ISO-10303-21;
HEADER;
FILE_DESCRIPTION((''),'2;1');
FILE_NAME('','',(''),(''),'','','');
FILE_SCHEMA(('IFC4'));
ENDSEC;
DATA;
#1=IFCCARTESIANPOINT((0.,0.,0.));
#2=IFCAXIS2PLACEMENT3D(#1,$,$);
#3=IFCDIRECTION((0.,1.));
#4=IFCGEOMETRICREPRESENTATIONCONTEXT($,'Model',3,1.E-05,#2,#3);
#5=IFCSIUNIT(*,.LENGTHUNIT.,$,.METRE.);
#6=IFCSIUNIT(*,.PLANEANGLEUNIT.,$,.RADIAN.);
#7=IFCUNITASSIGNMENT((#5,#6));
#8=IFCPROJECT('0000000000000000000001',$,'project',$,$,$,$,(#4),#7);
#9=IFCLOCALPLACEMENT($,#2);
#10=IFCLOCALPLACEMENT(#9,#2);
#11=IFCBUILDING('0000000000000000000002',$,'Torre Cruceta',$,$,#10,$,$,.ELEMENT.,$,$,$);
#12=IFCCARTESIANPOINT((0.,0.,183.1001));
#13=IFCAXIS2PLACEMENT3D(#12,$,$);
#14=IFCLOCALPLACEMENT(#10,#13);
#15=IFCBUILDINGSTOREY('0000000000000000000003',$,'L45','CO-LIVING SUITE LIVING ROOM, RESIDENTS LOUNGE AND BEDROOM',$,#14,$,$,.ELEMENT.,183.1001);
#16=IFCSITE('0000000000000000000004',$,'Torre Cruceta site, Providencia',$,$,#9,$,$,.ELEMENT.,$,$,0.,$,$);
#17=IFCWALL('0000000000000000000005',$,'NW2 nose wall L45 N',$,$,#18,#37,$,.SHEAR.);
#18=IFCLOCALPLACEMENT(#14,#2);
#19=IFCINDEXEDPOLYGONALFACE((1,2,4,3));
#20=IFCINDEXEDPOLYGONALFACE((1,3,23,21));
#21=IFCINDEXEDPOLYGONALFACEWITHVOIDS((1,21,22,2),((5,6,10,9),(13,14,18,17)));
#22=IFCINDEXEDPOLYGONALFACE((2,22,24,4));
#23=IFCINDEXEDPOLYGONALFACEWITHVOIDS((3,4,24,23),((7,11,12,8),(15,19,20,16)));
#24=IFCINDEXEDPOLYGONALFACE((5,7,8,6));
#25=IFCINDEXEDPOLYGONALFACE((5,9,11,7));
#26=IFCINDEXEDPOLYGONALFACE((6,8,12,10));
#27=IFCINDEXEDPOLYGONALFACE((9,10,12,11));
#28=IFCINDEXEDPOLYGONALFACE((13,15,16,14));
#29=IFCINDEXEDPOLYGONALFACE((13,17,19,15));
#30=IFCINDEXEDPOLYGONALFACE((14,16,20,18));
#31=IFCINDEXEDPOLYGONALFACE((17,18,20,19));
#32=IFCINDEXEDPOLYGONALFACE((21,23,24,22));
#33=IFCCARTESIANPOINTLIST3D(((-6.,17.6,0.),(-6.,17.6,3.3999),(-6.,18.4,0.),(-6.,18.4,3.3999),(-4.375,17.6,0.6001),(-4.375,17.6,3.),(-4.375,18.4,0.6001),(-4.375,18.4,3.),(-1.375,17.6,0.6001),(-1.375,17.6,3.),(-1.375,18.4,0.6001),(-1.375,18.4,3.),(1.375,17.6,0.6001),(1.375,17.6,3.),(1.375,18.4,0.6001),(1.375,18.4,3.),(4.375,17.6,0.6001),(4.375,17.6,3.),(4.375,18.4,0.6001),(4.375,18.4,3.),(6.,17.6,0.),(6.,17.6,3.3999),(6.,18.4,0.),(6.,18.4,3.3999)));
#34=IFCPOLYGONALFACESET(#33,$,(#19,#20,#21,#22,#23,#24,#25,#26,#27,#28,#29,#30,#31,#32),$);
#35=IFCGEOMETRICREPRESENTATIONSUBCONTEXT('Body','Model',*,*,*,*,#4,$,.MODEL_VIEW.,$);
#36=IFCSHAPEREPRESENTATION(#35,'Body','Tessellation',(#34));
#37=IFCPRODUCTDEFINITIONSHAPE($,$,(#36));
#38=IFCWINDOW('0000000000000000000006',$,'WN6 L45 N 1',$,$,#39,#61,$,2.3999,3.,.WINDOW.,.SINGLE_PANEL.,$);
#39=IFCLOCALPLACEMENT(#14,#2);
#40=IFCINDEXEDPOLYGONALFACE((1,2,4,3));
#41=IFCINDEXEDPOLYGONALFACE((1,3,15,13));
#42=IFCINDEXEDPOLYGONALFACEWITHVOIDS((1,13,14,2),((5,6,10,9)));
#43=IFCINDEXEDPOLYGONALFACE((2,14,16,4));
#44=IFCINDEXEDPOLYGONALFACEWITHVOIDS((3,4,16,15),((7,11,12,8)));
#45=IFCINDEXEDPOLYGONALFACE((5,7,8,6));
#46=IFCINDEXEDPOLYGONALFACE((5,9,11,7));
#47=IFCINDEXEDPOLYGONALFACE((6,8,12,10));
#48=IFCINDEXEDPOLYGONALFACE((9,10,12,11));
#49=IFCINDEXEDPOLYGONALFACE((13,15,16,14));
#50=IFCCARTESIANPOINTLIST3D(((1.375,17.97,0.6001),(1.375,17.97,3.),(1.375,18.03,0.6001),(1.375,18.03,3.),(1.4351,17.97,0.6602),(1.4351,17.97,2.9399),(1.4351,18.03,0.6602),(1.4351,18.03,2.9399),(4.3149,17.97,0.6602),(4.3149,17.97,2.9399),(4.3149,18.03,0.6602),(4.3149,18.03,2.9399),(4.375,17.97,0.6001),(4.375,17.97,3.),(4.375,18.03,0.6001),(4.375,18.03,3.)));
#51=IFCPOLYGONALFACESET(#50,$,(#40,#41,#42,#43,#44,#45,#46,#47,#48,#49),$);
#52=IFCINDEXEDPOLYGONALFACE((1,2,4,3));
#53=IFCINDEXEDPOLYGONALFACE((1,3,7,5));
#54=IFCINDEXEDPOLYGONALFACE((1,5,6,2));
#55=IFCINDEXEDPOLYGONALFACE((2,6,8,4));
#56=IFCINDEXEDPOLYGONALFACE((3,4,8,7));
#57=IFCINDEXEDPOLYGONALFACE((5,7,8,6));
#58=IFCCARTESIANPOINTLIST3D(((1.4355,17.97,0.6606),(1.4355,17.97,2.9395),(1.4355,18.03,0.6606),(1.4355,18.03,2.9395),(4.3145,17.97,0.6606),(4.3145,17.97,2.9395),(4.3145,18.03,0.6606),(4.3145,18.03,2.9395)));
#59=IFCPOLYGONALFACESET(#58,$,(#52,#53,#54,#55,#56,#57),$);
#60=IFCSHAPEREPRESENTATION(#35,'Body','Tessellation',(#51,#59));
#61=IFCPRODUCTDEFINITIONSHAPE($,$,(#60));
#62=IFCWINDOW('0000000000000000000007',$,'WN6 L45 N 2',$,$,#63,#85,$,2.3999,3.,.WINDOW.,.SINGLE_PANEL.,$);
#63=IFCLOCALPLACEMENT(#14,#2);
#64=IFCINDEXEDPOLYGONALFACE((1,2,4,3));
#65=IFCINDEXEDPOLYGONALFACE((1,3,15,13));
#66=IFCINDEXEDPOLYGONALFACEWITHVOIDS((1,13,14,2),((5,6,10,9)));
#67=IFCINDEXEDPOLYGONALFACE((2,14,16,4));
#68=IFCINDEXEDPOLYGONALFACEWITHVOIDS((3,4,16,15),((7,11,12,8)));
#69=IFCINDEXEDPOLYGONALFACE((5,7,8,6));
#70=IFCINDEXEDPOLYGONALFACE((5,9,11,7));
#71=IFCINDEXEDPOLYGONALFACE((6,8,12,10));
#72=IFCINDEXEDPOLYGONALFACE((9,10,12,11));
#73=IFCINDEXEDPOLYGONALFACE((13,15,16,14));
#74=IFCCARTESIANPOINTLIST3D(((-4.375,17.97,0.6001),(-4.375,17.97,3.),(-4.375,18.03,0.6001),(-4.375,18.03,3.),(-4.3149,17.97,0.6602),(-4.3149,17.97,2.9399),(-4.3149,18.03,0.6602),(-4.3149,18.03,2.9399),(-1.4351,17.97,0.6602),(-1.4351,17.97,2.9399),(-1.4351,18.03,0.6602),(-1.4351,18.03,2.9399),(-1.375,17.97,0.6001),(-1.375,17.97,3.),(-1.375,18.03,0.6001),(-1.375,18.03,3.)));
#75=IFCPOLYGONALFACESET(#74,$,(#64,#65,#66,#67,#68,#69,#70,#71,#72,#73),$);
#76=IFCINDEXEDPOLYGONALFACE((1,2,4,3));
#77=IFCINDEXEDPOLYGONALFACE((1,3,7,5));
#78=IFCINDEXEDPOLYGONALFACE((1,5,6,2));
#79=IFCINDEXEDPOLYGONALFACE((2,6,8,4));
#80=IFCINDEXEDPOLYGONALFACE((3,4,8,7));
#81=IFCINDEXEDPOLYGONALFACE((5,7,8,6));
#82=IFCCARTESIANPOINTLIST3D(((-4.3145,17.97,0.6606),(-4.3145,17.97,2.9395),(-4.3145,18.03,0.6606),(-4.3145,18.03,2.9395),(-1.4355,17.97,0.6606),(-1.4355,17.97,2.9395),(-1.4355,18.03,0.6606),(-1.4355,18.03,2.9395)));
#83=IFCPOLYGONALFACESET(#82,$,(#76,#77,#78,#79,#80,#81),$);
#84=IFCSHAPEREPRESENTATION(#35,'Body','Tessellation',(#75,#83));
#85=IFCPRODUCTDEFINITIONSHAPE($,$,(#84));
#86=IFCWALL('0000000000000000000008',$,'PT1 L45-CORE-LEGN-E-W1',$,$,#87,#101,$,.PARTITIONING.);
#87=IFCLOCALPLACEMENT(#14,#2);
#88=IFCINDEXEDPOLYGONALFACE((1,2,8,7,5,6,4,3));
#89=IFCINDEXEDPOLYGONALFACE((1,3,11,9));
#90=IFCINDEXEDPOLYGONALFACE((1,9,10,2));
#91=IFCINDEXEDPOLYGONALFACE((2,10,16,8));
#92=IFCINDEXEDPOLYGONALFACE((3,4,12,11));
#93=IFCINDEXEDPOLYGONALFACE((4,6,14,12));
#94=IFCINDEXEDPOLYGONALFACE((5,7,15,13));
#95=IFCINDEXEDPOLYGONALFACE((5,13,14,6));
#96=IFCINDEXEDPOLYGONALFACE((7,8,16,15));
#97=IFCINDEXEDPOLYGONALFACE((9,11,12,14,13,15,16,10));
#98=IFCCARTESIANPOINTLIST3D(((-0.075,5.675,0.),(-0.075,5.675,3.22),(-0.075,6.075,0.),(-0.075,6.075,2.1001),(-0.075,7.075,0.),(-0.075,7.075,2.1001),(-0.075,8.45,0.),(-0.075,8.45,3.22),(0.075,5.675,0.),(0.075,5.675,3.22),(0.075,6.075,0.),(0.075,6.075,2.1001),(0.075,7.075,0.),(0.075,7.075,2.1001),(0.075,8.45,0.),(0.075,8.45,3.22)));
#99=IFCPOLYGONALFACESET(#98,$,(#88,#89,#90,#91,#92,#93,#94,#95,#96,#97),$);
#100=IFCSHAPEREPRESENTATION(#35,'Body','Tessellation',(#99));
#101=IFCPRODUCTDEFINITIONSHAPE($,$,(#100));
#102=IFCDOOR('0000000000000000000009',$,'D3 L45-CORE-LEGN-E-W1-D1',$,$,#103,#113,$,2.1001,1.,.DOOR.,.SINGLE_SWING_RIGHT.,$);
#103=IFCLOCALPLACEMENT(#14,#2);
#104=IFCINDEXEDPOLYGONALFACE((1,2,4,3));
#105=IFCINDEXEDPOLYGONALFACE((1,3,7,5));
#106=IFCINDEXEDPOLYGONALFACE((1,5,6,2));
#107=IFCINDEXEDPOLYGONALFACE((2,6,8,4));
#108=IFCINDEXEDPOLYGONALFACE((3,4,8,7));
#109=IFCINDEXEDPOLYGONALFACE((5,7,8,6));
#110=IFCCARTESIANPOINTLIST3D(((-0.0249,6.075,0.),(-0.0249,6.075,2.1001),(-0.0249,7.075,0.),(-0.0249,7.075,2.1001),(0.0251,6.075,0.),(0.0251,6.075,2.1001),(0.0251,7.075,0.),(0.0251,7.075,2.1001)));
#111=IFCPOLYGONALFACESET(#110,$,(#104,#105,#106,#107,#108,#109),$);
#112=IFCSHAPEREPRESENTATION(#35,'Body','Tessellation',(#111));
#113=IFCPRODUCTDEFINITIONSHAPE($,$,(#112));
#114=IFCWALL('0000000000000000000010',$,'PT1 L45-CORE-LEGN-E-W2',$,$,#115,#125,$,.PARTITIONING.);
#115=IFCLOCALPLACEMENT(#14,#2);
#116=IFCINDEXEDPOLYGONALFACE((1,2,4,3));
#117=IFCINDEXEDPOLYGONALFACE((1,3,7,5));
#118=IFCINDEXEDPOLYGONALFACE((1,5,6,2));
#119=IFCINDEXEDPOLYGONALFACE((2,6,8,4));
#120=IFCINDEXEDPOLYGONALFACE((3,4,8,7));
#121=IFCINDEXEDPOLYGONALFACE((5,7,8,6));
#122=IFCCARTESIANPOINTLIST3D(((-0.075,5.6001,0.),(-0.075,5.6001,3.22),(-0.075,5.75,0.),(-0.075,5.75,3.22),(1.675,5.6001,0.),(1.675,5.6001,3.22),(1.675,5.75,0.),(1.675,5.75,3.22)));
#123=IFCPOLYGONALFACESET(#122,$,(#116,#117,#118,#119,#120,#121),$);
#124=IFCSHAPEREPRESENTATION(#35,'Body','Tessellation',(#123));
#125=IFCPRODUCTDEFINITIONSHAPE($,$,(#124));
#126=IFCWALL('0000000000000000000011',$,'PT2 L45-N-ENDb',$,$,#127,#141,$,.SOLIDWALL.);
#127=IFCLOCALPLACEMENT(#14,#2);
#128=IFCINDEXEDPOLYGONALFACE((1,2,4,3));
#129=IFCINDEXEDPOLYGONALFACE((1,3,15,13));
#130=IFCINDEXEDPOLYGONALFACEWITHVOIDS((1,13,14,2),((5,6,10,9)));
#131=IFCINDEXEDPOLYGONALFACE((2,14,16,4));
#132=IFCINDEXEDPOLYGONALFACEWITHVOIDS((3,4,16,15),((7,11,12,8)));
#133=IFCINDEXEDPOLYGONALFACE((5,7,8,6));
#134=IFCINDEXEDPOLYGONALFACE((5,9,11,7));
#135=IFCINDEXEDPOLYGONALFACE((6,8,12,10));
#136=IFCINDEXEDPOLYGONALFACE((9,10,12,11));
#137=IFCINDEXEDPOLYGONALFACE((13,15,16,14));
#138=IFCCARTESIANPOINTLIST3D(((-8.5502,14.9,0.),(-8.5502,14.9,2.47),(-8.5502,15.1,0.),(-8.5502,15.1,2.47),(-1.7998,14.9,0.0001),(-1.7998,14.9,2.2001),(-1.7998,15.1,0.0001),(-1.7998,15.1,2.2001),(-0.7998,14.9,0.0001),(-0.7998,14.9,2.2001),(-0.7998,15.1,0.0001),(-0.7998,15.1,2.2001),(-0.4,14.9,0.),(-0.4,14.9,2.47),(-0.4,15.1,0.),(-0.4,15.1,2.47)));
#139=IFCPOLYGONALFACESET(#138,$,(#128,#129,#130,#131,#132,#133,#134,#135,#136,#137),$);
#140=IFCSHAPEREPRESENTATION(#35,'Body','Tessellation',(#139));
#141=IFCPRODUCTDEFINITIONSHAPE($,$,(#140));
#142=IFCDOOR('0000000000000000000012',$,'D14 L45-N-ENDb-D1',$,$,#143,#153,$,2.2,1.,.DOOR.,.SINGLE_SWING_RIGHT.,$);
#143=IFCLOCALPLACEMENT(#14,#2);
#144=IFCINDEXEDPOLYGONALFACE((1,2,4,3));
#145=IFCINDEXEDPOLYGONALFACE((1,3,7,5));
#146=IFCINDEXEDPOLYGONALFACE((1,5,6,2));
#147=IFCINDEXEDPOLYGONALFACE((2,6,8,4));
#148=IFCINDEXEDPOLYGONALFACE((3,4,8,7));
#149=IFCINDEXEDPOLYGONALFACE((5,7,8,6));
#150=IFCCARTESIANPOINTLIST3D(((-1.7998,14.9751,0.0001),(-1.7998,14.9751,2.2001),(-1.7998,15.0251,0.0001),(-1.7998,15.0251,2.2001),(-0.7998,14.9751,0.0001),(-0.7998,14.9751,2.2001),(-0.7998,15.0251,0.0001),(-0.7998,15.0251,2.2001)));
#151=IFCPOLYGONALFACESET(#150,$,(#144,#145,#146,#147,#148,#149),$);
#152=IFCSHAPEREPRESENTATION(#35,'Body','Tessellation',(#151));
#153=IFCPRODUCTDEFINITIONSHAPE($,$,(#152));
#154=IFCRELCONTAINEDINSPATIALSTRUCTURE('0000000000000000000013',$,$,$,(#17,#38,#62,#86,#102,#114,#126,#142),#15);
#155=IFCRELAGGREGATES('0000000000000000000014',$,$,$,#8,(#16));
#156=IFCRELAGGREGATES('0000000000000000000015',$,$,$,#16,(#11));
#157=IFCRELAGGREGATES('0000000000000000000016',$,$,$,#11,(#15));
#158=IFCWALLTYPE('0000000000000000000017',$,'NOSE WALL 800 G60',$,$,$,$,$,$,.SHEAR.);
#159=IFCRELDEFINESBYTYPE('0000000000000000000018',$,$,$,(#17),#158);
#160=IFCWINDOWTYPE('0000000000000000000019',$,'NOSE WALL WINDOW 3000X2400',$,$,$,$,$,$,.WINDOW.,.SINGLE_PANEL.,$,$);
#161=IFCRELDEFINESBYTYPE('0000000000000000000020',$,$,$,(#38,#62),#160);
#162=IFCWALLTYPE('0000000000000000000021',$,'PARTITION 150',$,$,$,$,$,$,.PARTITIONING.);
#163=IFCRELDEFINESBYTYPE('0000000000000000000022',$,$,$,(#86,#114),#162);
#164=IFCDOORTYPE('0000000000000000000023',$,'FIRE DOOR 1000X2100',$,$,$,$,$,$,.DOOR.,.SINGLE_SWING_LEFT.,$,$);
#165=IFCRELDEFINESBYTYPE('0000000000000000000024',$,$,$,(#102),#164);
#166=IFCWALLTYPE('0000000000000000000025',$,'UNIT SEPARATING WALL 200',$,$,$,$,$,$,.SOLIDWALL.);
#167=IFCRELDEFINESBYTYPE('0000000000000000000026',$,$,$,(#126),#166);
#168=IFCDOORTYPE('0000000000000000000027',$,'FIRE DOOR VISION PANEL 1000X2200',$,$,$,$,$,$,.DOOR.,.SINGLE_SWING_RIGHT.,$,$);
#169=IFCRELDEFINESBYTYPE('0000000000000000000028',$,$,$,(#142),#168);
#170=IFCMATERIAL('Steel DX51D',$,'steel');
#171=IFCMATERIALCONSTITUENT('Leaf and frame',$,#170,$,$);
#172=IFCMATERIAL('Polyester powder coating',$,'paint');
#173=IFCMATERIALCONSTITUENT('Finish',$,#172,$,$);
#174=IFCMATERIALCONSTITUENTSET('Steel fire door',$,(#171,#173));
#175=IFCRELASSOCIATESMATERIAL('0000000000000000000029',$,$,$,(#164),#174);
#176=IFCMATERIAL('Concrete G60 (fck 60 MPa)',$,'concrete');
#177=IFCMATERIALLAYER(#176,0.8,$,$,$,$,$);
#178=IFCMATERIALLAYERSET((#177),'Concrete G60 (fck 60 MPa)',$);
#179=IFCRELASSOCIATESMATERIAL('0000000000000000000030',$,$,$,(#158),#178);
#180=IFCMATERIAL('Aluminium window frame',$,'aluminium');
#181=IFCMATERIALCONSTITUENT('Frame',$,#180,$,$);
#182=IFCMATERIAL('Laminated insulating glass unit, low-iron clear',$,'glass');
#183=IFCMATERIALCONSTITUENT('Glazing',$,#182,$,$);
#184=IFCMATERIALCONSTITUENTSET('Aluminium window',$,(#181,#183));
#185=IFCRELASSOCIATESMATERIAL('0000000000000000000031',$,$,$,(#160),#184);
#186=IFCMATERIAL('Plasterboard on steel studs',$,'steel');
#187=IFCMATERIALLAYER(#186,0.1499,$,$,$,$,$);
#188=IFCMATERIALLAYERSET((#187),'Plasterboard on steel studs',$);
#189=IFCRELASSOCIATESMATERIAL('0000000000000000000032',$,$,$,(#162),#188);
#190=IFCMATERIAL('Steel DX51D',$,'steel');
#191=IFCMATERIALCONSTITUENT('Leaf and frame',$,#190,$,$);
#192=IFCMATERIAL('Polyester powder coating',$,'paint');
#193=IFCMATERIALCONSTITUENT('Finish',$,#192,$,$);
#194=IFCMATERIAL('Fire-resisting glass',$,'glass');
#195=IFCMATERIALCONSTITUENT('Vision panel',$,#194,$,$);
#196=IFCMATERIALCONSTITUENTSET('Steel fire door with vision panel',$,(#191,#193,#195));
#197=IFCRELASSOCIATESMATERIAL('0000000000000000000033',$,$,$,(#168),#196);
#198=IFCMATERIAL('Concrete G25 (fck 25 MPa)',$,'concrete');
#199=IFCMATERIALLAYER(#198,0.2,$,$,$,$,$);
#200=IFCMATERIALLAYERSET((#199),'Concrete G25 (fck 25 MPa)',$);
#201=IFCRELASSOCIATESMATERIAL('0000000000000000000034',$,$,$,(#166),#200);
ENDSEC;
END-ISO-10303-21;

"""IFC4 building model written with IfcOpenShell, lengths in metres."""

from ifc_helpers import new_model, si_unit, direction, frame, frame_2d, origin, place, context, subcontext, project, spatial, rectangle, hollow_rectangle, extrude, material, layer, layer_set, constituent, constituent_set, type_object, element, fill, save


model = new_model("IFC4")

# Units and contexts
model_context = context("Model", 3, precision=1e-05, world=origin(), true_north=direction((0.0, 1.0)))
body_context = subcontext(model_context, "Body", "Model", "MODEL_VIEW")
ifc_project = project(units=[si_unit("LENGTHUNIT", "METRE"), si_unit("PLANEANGLEUNIT", "RADIAN")], contexts=[model_context])

# Site, building, storey
site_placement = place(None, origin())
site = spatial("IfcSite", under=ifc_project, at=site_placement, Name="Torre Cruceta site, Providencia", CompositionType="ELEMENT", RefElevation=0.0)
building_placement = place(site_placement, origin())
building = spatial("IfcBuilding", under=site, at=building_placement, Name="Torre Cruceta", CompositionType="ELEMENT")
storey_placement = place(building_placement, frame((0.0, 0.0, 183.1001)))
storey = spatial("IfcBuildingStorey", under=building, at=storey_placement, Name="L45", Description="CO-LIVING SUITE LIVING ROOM, RESIDENTS LOUNGE AND BEDROOM", CompositionType="ELEMENT", Elevation=183.1001)

# Shared definitions
ifc_material_1 = material(Name="Steel DX51D", Category="steel")
ifc_constituent_1 = constituent(ifc_material_1, Name="Leaf and frame")
ifc_material_2 = material(Name="Polyester powder coating", Category="paint")
ifc_constituent_2 = constituent(ifc_material_2, Name="Finish")
ifc_constituent_set_1 = constituent_set(constituents=[ifc_constituent_1, ifc_constituent_2], Name="Steel fire door")
door_type_1 = type_object("IfcDoorType", Name="FIRE DOOR 1000X2100", OperationType="SINGLE_SWING_LEFT", PredefinedType="DOOR", material=ifc_constituent_set_1)

# Wall, openings, windows
ifc_material_3 = material(Name="Concrete G60 (fck 60 MPa)", Category="concrete")
ifc_layer_1 = layer(ifc_material_3, 0.8)
ifc_layer_set_1 = layer_set([ifc_layer_1], Name="Concrete G60 (fck 60 MPa)")
wall_type_1 = type_object("IfcWallType", Name="NOSE WALL 800 G60", PredefinedType="SHEAR", material=ifc_layer_set_1)
wall_1_placement = place(storey_placement, frame((6.0, 18.0, 0.0), z_axis=(0.0, 0.0, 1.0), x_axis=(-1.0, 0.0, 0.0)))
wall_1 = element("IfcWall", 1, at=wall_1_placement, inside=storey, type_object=wall_type_1, Name="NW2 nose wall L45 N", PredefinedType="SHEAR", context=body_context, shape_type="SweptSolid", body=[
    extrude(rectangle(XDim=12.0, YDim=0.8, at=frame_2d((6.0, 0.0))), origin(), (0.0, 0.0, 1.0), 3.3999),
])
opening_1_placement = place(wall_1_placement, frame((1.625, 0.0, 0.6001)))
opening_1 = element("IfcOpeningElement", 2, at=opening_1_placement, cuts=wall_1, PredefinedType="OPENING", context=body_context, shape_type="SweptSolid", body=[
    extrude(rectangle(XDim=3.0, YDim=2.3999, at=frame_2d((1.5, 1.2))), frame((0.0, 0.4099, 0.0), z_axis=(0.0, -1.0, 0.0), x_axis=(1.0, 0.0, 0.0)), (0.0, 0.0, 1.0), 0.8201),
])
opening_2_placement = place(wall_1_placement, frame((7.375, 0.0, 0.6001)))
opening_2 = element("IfcOpeningElement", 3, at=opening_2_placement, cuts=wall_1, PredefinedType="OPENING", context=body_context, shape_type="SweptSolid", body=[
    extrude(rectangle(XDim=3.0, YDim=2.3999, at=frame_2d((1.5, 1.2))), frame((0.0, 0.4099, 0.0), z_axis=(0.0, -1.0, 0.0), x_axis=(1.0, 0.0, 0.0)), (0.0, 0.0, 1.0), 0.8201),
])
ifc_material_4 = material(Name="Aluminium window frame", Category="aluminium")
ifc_constituent_3 = constituent(ifc_material_4, Name="Frame")
ifc_material_5 = material(Name="Laminated insulating glass unit, low-iron clear", Category="glass")
ifc_constituent_4 = constituent(ifc_material_5, Name="Glazing")
ifc_constituent_set_2 = constituent_set(constituents=[ifc_constituent_3, ifc_constituent_4], Name="Aluminium window")
window_type = type_object("IfcWindowType", Name="NOSE WALL WINDOW 3000X2400", PartitioningType="SINGLE_PANEL", PredefinedType="WINDOW", material=ifc_constituent_set_2)
window_1_placement = place(opening_1_placement, origin())
window_1 = element("IfcWindow", 4, at=window_1_placement, inside=storey, type_object=window_type, Name="WN6 L45 N 1", OverallHeight=2.3999, OverallWidth=3.0, PartitioningType="SINGLE_PANEL", PredefinedType="WINDOW", context=body_context, shape_type="SweptSolid", body=[
    extrude(hollow_rectangle(XDim=3.0, YDim=2.3999, WallThickness=0.0601, at=frame_2d((1.5, 1.2))), frame((0.0, 0.03, 0.0), z_axis=(0.0, -1.0, 0.0), x_axis=(1.0, 0.0, 0.0)), (0.0, 0.0, 1.0), 0.0601),
    extrude(rectangle(XDim=2.8789, YDim=2.2788, at=frame_2d((1.5, 1.2))), frame((0.0, 0.03, 0.0), z_axis=(0.0, -1.0, 0.0), x_axis=(1.0, 0.0, 0.0)), (0.0, 0.0, 1.0), 0.0601),
])
fill(opening_1, window_1)
window_2_placement = place(opening_2_placement, origin())
window_2 = element("IfcWindow", 5, at=window_2_placement, inside=storey, type_object=window_type, Name="WN6 L45 N 2", OverallHeight=2.3999, OverallWidth=3.0, PartitioningType="SINGLE_PANEL", PredefinedType="WINDOW", context=body_context, shape_type="SweptSolid", body=[
    extrude(hollow_rectangle(XDim=3.0, YDim=2.3999, WallThickness=0.0601, at=frame_2d((1.5, 1.2))), frame((0.0, 0.03, 0.0), z_axis=(0.0, -1.0, 0.0), x_axis=(1.0, 0.0, 0.0)), (0.0, 0.0, 1.0), 0.0601),
    extrude(rectangle(XDim=2.8789, YDim=2.2788, at=frame_2d((1.5, 1.2))), frame((0.0, 0.03, 0.0), z_axis=(0.0, -1.0, 0.0), x_axis=(1.0, 0.0, 0.0)), (0.0, 0.0, 1.0), 0.0601),
])
fill(opening_2, window_2)

# Wall, opening, door
ifc_material_6 = material(Name="Plasterboard on steel studs", Category="steel")
ifc_layer_2 = layer(ifc_material_6, 0.1499)
ifc_layer_set_2 = layer_set([ifc_layer_2], Name="Plasterboard on steel studs")
wall_type_2 = type_object("IfcWallType", Name="PARTITION 150", PredefinedType="PARTITIONING", material=ifc_layer_set_2)
wall_2_placement = place(storey_placement, frame((0.0, 5.675, 0.0), z_axis=(0.0, 0.0, 1.0), x_axis=(0.0, 1.0, 0.0)))
wall_2 = element("IfcWall", 6, at=wall_2_placement, inside=storey, type_object=wall_type_2, Name="PT1 L45-CORE-LEGN-E-W1", PredefinedType="PARTITIONING", context=body_context, shape_type="SweptSolid", body=[
    extrude(rectangle(XDim=2.7749, YDim=0.1499, at=frame_2d((1.3875, 0.0))), origin(), (0.0, 0.0, 1.0), 3.22),
])
opening_3_placement = place(wall_2_placement, frame((0.3999, 0.0, 0.0)))
opening_3 = element("IfcOpeningElement", 7, at=opening_3_placement, cuts=wall_2, PredefinedType="OPENING", context=body_context, shape_type="SweptSolid", body=[
    extrude(rectangle(XDim=1.0, YDim=2.1001, at=frame_2d((0.5, 1.05))), frame((0.0, 0.085, 0.0), z_axis=(0.0, -1.0, 0.0), x_axis=(1.0, 0.0, 0.0)), (0.0, 0.0, 1.0), 0.1699),
])
door_1_placement = place(opening_3_placement, frame((1.0, 0.0, 0.0), z_axis=(0.0, 0.0, 1.0), x_axis=(-1.0, 0.0, 0.0)))
door_1 = element("IfcDoor", 8, at=door_1_placement, inside=storey, type_object=door_type_1, Name="D3 L45-CORE-LEGN-E-W1-D1", OperationType="SINGLE_SWING_RIGHT", OverallHeight=2.1001, OverallWidth=1.0, PredefinedType="DOOR", context=body_context, shape_type="SweptSolid", body=[
    extrude(rectangle(XDim=1.0, YDim=2.1001, at=frame_2d((0.5, 1.05))), frame((0.0, 0.0251, 0.0), z_axis=(0.0, -1.0, 0.0), x_axis=(1.0, 0.0, 0.0)), (0.0, 0.0, 1.0), 0.05),
])
fill(opening_3, door_1)

# Wall
wall_3_placement = place(storey_placement, frame((1.675, 5.675, 0.0), z_axis=(0.0, 0.0, 1.0), x_axis=(-1.0, 0.0, 0.0)))
element("IfcWall", 9, at=wall_3_placement, inside=storey, type_object=wall_type_2, Name="PT1 L45-CORE-LEGN-E-W2", PredefinedType="PARTITIONING", context=body_context, shape_type="SweptSolid", body=[
    extrude(rectangle(XDim=1.75, YDim=0.1499, at=frame_2d((0.875, 0.0))), origin(), (0.0, 0.0, 1.0), 3.22),
])

# Shared definitions
ifc_material_7 = material(Name="Steel DX51D", Category="steel")
ifc_constituent_5 = constituent(ifc_material_7, Name="Leaf and frame")
ifc_material_8 = material(Name="Polyester powder coating", Category="paint")
ifc_constituent_6 = constituent(ifc_material_8, Name="Finish")
ifc_material_9 = material(Name="Fire-resisting glass", Category="glass")
ifc_constituent_7 = constituent(ifc_material_9, Name="Vision panel")
ifc_constituent_set_3 = constituent_set(constituents=[ifc_constituent_5, ifc_constituent_6, ifc_constituent_7], Name="Steel fire door with vision panel")
door_type_2 = type_object("IfcDoorType", Name="FIRE DOOR VISION PANEL 1000X2200", OperationType="SINGLE_SWING_RIGHT", PredefinedType="DOOR", material=ifc_constituent_set_3)

# Wall, opening, door
ifc_material_10 = material(Name="Concrete G25 (fck 25 MPa)", Category="concrete")
ifc_layer_3 = layer(ifc_material_10, 0.2)
ifc_layer_set_3 = layer_set([ifc_layer_3], Name="Concrete G25 (fck 25 MPa)")
wall_type_3 = type_object("IfcWallType", Name="UNIT SEPARATING WALL 200", PredefinedType="SOLIDWALL", material=ifc_layer_set_3)
wall_4_placement = place(storey_placement, frame((-0.3999, 15.0, 0.0), z_axis=(0.0, 0.0, 1.0), x_axis=(-1.0, 0.0, 0.0)))
wall_4 = element("IfcWall", 10, at=wall_4_placement, inside=storey, type_object=wall_type_3, Name="PT2 L45-N-ENDb", PredefinedType="SOLIDWALL", context=body_context, shape_type="SweptSolid", body=[
    extrude(rectangle(XDim=8.1501, YDim=0.2, at=frame_2d((4.0752, 0.0))), origin(), (0.0, 0.0, 1.0), 2.47),
])
opening_4_placement = place(wall_4_placement, frame((0.3999, 0.0, 0.0)))
opening_4 = element("IfcOpeningElement", 11, at=opening_4_placement, cuts=wall_4, PredefinedType="OPENING", context=body_context, shape_type="SweptSolid", body=[
    extrude(rectangle(XDim=1.0, YDim=2.2, at=frame_2d((0.5, 1.1001))), frame((0.0, 0.1099, 0.0), z_axis=(0.0, -1.0, 0.0), x_axis=(1.0, 0.0, 0.0)), (0.0, 0.0, 1.0), 0.22),
])
door_2_placement = place(opening_4_placement, frame((1.0, 0.0, 0.0), z_axis=(0.0, 0.0, 1.0), x_axis=(-1.0, 0.0, 0.0)))
door_2 = element("IfcDoor", 12, at=door_2_placement, inside=storey, type_object=door_type_2, Name="D14 L45-N-ENDb-D1", OperationType="SINGLE_SWING_RIGHT", OverallHeight=2.2, OverallWidth=1.0, PredefinedType="DOOR", context=body_context, shape_type="SweptSolid", body=[
    extrude(rectangle(XDim=1.0, YDim=2.2, at=frame_2d((0.5, 1.1001))), frame((0.0, 0.0251, 0.0), z_axis=(0.0, -1.0, 0.0), x_axis=(1.0, 0.0, 0.0)), (0.0, 0.0, 1.0), 0.05),
])
fill(opening_4, door_2)

save(model, "model.ifc")
